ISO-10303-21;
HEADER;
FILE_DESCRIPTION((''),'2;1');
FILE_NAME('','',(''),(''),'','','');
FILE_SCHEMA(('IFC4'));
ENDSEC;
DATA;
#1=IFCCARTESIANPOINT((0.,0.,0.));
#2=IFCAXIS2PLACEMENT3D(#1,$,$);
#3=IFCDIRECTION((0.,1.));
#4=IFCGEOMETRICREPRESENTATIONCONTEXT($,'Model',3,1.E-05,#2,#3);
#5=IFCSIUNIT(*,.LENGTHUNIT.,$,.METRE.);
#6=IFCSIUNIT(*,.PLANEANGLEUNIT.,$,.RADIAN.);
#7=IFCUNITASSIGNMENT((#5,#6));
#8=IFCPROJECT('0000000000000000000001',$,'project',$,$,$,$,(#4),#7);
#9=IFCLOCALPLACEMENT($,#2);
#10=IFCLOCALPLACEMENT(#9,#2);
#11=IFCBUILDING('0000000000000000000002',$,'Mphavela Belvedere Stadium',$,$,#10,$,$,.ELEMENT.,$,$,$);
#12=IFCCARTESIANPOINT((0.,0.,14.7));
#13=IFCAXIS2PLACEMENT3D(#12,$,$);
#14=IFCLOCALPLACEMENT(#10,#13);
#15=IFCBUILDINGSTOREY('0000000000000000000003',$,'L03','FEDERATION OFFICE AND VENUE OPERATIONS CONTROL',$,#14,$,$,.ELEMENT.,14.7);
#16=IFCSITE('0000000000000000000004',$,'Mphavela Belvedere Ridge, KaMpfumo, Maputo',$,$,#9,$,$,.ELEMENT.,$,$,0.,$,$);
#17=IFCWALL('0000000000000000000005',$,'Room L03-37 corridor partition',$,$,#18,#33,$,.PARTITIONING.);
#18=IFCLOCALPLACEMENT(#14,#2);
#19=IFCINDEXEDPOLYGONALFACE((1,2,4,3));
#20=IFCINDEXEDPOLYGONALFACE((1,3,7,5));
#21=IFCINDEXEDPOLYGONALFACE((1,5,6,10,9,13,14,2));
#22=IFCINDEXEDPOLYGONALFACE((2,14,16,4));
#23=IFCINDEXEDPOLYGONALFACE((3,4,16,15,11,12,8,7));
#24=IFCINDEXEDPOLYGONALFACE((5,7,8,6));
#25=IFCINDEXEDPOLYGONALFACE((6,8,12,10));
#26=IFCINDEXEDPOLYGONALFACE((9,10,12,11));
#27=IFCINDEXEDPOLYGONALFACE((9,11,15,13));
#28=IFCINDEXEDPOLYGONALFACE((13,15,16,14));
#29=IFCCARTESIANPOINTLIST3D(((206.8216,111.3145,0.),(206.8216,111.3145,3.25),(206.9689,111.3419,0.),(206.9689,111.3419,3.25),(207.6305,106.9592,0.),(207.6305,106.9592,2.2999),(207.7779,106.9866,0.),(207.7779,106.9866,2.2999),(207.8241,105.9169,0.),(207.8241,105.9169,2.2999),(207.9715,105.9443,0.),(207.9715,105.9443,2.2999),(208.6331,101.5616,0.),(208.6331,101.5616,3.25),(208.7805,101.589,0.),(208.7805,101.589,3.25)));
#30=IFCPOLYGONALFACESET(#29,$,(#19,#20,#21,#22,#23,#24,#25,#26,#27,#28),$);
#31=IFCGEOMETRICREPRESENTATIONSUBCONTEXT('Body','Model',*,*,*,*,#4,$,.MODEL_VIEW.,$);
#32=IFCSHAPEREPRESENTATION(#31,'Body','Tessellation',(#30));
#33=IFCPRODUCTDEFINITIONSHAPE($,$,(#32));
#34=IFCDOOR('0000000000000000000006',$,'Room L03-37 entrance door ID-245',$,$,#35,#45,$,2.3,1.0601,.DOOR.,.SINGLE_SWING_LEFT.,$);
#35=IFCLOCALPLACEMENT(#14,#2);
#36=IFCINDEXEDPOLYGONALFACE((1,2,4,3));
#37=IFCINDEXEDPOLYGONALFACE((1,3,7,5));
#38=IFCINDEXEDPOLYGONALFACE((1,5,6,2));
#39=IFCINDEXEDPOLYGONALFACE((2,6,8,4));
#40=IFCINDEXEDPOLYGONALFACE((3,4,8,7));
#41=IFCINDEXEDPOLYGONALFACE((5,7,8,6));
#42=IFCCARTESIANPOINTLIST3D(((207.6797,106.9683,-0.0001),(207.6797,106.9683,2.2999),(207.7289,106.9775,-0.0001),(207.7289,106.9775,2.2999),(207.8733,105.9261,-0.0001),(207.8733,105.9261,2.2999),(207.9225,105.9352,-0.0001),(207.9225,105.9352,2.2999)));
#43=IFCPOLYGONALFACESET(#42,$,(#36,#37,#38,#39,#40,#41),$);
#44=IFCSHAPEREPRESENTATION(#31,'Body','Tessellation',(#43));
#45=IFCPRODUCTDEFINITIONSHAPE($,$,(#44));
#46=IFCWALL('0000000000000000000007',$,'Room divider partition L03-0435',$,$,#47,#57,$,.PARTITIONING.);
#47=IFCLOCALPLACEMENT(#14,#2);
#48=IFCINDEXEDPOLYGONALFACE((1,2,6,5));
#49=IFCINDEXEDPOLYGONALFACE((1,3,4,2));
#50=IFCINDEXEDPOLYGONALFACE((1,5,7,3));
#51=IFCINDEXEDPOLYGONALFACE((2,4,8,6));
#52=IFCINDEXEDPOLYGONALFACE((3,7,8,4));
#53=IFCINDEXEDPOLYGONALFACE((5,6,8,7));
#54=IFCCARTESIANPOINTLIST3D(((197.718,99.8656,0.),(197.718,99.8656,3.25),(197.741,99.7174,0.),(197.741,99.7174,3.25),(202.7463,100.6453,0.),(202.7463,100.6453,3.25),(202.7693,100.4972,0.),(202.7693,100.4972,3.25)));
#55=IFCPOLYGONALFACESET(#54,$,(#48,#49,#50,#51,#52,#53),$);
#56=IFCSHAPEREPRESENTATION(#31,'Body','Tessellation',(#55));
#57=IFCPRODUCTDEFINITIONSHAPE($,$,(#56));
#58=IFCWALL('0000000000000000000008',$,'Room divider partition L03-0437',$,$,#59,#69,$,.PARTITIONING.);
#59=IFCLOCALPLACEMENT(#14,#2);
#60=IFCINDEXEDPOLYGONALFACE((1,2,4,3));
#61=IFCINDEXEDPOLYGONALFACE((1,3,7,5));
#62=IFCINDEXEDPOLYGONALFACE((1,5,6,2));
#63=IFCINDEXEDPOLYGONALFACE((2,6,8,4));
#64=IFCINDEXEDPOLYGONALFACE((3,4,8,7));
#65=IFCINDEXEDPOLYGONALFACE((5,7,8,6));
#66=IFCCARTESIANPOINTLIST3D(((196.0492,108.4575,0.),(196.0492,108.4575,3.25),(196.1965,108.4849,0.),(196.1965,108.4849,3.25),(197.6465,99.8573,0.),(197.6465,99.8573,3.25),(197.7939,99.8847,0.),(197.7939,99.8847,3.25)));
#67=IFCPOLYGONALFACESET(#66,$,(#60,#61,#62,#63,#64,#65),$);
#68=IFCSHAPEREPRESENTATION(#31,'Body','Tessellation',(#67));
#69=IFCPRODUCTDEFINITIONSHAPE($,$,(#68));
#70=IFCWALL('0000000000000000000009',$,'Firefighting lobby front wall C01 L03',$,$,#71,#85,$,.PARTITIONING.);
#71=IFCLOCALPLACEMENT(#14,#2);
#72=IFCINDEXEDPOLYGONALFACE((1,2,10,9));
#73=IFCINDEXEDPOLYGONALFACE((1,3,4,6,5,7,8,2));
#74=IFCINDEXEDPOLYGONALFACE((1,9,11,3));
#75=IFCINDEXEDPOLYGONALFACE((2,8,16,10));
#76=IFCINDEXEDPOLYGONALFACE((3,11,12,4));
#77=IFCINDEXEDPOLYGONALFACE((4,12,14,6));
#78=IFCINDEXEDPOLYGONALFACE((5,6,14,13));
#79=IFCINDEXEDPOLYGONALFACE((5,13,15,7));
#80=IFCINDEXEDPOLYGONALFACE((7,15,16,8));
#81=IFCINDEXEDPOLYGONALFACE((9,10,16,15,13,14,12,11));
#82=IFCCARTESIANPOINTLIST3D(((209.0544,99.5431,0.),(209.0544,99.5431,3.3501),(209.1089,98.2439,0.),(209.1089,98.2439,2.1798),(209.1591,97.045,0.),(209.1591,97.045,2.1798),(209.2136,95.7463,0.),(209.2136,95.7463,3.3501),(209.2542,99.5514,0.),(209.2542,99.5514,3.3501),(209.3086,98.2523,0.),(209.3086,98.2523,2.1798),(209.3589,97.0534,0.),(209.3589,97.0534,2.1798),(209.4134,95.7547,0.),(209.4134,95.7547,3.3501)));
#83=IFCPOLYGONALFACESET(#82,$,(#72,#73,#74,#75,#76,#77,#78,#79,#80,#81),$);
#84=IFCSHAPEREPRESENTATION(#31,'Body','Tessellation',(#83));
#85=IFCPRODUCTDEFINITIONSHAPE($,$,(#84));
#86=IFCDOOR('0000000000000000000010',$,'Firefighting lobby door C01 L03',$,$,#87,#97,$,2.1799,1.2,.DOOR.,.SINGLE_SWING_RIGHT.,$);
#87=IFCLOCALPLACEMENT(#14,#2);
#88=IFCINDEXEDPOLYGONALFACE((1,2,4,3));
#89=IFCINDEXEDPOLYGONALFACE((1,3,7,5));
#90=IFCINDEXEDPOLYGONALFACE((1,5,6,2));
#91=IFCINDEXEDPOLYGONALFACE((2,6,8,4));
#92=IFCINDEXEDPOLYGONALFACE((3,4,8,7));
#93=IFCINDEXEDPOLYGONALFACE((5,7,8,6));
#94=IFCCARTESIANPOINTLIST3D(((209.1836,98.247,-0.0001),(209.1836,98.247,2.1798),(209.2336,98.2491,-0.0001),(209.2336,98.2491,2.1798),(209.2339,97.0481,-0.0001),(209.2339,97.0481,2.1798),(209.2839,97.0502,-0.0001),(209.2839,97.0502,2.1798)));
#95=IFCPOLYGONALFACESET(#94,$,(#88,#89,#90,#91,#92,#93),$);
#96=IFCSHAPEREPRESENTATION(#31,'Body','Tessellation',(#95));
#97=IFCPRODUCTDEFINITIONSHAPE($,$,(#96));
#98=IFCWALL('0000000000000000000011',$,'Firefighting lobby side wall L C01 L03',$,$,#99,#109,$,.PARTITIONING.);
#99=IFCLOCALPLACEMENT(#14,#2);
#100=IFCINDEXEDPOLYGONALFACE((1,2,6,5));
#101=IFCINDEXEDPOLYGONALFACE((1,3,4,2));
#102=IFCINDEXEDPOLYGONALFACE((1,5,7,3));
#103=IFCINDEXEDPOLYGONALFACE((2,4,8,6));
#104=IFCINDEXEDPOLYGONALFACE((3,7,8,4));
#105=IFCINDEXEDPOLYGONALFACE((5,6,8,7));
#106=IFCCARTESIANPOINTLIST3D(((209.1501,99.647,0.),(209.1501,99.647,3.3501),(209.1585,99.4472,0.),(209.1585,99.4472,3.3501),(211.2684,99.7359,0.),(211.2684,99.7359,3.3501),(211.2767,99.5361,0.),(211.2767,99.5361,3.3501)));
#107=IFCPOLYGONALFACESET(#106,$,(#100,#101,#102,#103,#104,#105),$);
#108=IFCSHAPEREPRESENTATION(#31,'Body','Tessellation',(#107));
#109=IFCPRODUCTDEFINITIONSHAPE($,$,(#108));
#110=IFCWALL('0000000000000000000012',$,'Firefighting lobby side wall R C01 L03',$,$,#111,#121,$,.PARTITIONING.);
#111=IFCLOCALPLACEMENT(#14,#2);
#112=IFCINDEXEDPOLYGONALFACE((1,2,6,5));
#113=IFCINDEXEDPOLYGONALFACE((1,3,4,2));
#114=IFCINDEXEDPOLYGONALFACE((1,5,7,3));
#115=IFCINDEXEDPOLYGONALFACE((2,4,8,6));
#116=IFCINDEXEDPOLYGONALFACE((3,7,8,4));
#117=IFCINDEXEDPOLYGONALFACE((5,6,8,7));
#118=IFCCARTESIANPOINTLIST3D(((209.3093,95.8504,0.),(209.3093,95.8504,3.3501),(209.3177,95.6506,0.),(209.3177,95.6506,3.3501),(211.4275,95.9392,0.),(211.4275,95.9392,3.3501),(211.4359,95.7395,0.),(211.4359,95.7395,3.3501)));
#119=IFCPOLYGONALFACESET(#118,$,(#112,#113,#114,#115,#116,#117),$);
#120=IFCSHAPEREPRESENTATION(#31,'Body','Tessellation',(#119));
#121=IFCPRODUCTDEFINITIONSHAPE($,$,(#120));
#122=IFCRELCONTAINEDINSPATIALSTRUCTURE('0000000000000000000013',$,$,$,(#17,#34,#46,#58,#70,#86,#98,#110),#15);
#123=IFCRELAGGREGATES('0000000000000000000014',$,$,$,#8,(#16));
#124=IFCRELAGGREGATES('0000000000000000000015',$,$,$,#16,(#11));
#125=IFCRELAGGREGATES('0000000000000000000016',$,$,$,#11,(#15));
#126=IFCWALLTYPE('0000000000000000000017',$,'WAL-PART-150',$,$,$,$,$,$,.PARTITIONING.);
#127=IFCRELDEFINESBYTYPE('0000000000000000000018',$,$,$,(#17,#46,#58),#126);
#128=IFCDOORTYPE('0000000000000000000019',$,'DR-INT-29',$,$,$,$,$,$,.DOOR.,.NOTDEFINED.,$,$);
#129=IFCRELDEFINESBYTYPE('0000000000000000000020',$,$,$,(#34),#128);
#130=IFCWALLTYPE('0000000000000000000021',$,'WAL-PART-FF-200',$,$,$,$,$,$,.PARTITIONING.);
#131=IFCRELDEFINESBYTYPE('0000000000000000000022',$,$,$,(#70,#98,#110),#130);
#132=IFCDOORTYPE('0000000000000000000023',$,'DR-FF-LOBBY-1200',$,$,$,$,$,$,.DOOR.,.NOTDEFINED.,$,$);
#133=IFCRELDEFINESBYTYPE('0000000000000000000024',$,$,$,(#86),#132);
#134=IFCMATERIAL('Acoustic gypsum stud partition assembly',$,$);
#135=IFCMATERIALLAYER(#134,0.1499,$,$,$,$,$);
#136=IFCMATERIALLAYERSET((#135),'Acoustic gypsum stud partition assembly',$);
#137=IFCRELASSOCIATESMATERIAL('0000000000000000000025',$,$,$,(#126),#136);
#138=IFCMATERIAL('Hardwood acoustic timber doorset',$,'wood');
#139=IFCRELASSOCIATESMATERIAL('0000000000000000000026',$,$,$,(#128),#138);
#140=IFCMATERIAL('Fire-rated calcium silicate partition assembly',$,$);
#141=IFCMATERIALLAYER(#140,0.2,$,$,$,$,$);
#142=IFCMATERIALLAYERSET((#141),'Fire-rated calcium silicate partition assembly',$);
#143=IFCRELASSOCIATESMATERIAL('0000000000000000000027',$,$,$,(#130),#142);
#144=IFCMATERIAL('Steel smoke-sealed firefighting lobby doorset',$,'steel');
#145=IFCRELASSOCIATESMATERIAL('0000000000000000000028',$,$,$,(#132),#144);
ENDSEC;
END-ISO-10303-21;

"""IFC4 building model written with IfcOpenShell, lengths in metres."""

from ifc_helpers import new_model, si_unit, direction, frame, frame_2d, origin, place, context, subcontext, project, spatial, rectangle, extrude, material, layer, layer_set, type_object, element, fill, save


model = new_model("IFC4")

# Units and contexts
model_context = context("Model", 3, precision=1e-05, world=origin(), true_north=direction((0.0, 1.0)))
body_context = subcontext(model_context, "Body", "Model", "MODEL_VIEW")
ifc_project = project(units=[si_unit("LENGTHUNIT", "METRE"), si_unit("PLANEANGLEUNIT", "RADIAN")], contexts=[model_context])

# Site, building, storey
site_placement = place(None, origin())
site = spatial("IfcSite", under=ifc_project, at=site_placement, Name="Mphavela Belvedere Ridge, KaMpfumo, Maputo", CompositionType="ELEMENT", RefElevation=0.0)
building_placement = place(site_placement, origin())
building = spatial("IfcBuilding", under=site, at=building_placement, Name="Mphavela Belvedere Stadium", CompositionType="ELEMENT")
storey_placement = place(building_placement, frame((0.0, 0.0, 14.7)))
storey = spatial("IfcBuildingStorey", under=building, at=storey_placement, Name="L03", Description="FEDERATION OFFICE AND VENUE OPERATIONS CONTROL", CompositionType="ELEMENT", Elevation=14.7)

# Wall, opening, door
ifc_material_1 = material(Name="Acoustic gypsum stud partition assembly")
ifc_layer_1 = layer(ifc_material_1, 0.1499)
ifc_layer_set_1 = layer_set([ifc_layer_1], Name="Acoustic gypsum stud partition assembly")
wall_type_1 = type_object("IfcWallType", Name="WAL-PART-150", PredefinedType="PARTITIONING", material=ifc_layer_set_1)
wall_1_placement = place(storey_placement, frame((208.7068, 101.5752, 0.0), z_axis=(0.0, 0.0, 1.0), x_axis=(-0.182618, 0.983184, 0.0)))
wall_1 = element("IfcWall", 1, at=wall_1_placement, inside=storey, type_object=wall_type_1, Name="Room L03-37 corridor partition", PredefinedType="PARTITIONING", context=body_context, shape_type="SweptSolid", body=[
    extrude(rectangle(XDim=9.9197, YDim=0.1499, at=frame_2d((4.96, 0.0))), origin(), (0.0, 0.0, 1.0), 3.25),
])
opening_1_placement = place(wall_1_placement, frame((4.4299, 0.0, 0.0)))
opening_1 = element("IfcOpeningElement", 2, at=opening_1_placement, cuts=wall_1, PredefinedType="OPENING", context=body_context, shape_type="SweptSolid", body=[
    extrude(rectangle(XDim=1.0601, YDim=2.3, at=frame_2d((0.53, 1.1499))), frame((0.0, 0.085, 0.0), z_axis=(0.0, -1.0, 0.0), x_axis=(1.0, 0.0, 0.0)), (0.0, 0.0, 1.0), 0.1699),
])
ifc_material_2 = material(Name="Hardwood acoustic timber doorset", Category="wood")
door_type_1 = type_object("IfcDoorType", Name="DR-INT-29", OperationType="NOTDEFINED", PredefinedType="DOOR", material=ifc_material_2)
door_1_placement = place(opening_1_placement, origin())
door_1 = element("IfcDoor", 3, at=door_1_placement, inside=storey, type_object=door_type_1, Name="Room L03-37 entrance door ID-245", OperationType="SINGLE_SWING_LEFT", OverallHeight=2.3, OverallWidth=1.0601, PredefinedType="DOOR", context=body_context, shape_type="SweptSolid", body=[
    extrude(rectangle(XDim=1.0601, YDim=2.3, at=frame_2d((0.53, 1.1499))), frame((0.0, 0.0249, 0.0), z_axis=(0.0, -1.0, 0.0), x_axis=(1.0, 0.0, 0.0)), (0.0, 0.0, 1.0), 0.05),
])
fill(opening_1, door_1)

# Walls
wall_2_placement = place(storey_placement, frame((197.7295, 99.7915, 0.0), z_axis=(0.0, 0.0, 1.0), x_axis=(0.988188, 0.153247, 0.0)))
element("IfcWall", 4, at=wall_2_placement, inside=storey, type_object=wall_type_1, Name="Room divider partition L03-0435", PredefinedType="PARTITIONING", context=body_context, shape_type="SweptSolid", body=[
    extrude(rectangle(XDim=5.0884, YDim=0.1499, at=frame_2d((2.5442, 0.0))), origin(), (0.0, 0.0, 1.0), 3.25),
])
wall_3_placement = place(storey_placement, frame((197.7202, 99.8711, 0.0), z_axis=(0.0, 0.0, 1.0), x_axis=(-0.182615, 0.983185, 0.0)))
element("IfcWall", 5, at=wall_3_placement, inside=storey, type_object=wall_type_1, Name="Room divider partition L03-0437", PredefinedType="PARTITIONING", context=body_context, shape_type="SweptSolid", body=[
    extrude(rectangle(XDim=8.7473, YDim=0.1499, at=frame_2d((4.3735, 0.0))), origin(), (0.0, 0.0, 1.0), 3.25),
])

# Wall, opening, door
ifc_material_3 = material(Name="Fire-rated calcium silicate partition assembly")
ifc_layer_2 = layer(ifc_material_3, 0.2)
ifc_layer_set_2 = layer_set([ifc_layer_2], Name="Fire-rated calcium silicate partition assembly")
wall_type_2 = type_object("IfcWallType", Name="WAL-PART-FF-200", PredefinedType="PARTITIONING", material=ifc_layer_set_2)
wall_4_placement = place(storey_placement, frame((209.1543, 99.5471, 0.0), z_axis=(0.0, 0.0, 1.0), x_axis=(0.04189, -0.999122, 0.0)))
wall_4 = element("IfcWall", 6, at=wall_4_placement, inside=storey, type_object=wall_type_2, Name="Firefighting lobby front wall C01 L03", PredefinedType="PARTITIONING", context=body_context, shape_type="SweptSolid", body=[
    extrude(rectangle(XDim=3.8, YDim=0.2, at=frame_2d((1.8999, 0.0))), origin(), (0.0, 0.0, 1.0), 3.3501),
])
opening_2_placement = place(wall_4_placement, frame((1.3, 0.0, 0.0)))
opening_2 = element("IfcOpeningElement", 7, at=opening_2_placement, cuts=wall_4, PredefinedType="OPENING", context=body_context, shape_type="SweptSolid", body=[
    extrude(rectangle(XDim=1.2, YDim=2.1799, at=frame_2d((0.6001, 1.0898))), frame((0.0, 0.1099, 0.0), z_axis=(0.0, -1.0, 0.0), x_axis=(1.0, 0.0, 0.0)), (0.0, 0.0, 1.0), 0.22),
])
ifc_material_4 = material(Name="Steel smoke-sealed firefighting lobby doorset", Category="steel")
door_type_2 = type_object("IfcDoorType", Name="DR-FF-LOBBY-1200", OperationType="NOTDEFINED", PredefinedType="DOOR", material=ifc_material_4)
door_2_placement = place(opening_2_placement, origin())
door_2 = element("IfcDoor", 8, at=door_2_placement, inside=storey, type_object=door_type_2, Name="Firefighting lobby door C01 L03", OperationType="SINGLE_SWING_RIGHT", OverallHeight=2.1799, OverallWidth=1.2, PredefinedType="DOOR", context=body_context, shape_type="SweptSolid", body=[
    extrude(rectangle(XDim=1.2, YDim=2.1799, at=frame_2d((0.6001, 1.0898))), frame((0.0, 0.0249, 0.0), z_axis=(0.0, -1.0, 0.0), x_axis=(1.0, 0.0, 0.0)), (0.0, 0.0, 1.0), 0.05),
])
fill(opening_2, door_2)

# Walls
for number, where, z_axis, x_axis, name in (
    (9, (209.1543, 99.5471, 0.0), (0.0, 0.0, 1.0), (0.999121, 0.041918, 0.0), "Firefighting lobby side wall L C01 L03"),
    (10, (209.3135, 95.7505, 0.0), (0.0, 0.0, 1.0), (0.999121, 0.041918, 0.0), "Firefighting lobby side wall R C01 L03"),
):
    element("IfcWall", number, at=place(storey_placement, frame(where, z_axis=z_axis, x_axis=x_axis)), inside=storey, type_object=wall_type_2, Name=name, PredefinedType="PARTITIONING", context=body_context, shape_type="SweptSolid", body=[
        extrude(rectangle(XDim=2.1201, YDim=0.2, at=frame_2d((1.0601, 0.0))), origin(), (0.0, 0.0, 1.0), 3.3501),
    ])

save(model, "model.ifc")
